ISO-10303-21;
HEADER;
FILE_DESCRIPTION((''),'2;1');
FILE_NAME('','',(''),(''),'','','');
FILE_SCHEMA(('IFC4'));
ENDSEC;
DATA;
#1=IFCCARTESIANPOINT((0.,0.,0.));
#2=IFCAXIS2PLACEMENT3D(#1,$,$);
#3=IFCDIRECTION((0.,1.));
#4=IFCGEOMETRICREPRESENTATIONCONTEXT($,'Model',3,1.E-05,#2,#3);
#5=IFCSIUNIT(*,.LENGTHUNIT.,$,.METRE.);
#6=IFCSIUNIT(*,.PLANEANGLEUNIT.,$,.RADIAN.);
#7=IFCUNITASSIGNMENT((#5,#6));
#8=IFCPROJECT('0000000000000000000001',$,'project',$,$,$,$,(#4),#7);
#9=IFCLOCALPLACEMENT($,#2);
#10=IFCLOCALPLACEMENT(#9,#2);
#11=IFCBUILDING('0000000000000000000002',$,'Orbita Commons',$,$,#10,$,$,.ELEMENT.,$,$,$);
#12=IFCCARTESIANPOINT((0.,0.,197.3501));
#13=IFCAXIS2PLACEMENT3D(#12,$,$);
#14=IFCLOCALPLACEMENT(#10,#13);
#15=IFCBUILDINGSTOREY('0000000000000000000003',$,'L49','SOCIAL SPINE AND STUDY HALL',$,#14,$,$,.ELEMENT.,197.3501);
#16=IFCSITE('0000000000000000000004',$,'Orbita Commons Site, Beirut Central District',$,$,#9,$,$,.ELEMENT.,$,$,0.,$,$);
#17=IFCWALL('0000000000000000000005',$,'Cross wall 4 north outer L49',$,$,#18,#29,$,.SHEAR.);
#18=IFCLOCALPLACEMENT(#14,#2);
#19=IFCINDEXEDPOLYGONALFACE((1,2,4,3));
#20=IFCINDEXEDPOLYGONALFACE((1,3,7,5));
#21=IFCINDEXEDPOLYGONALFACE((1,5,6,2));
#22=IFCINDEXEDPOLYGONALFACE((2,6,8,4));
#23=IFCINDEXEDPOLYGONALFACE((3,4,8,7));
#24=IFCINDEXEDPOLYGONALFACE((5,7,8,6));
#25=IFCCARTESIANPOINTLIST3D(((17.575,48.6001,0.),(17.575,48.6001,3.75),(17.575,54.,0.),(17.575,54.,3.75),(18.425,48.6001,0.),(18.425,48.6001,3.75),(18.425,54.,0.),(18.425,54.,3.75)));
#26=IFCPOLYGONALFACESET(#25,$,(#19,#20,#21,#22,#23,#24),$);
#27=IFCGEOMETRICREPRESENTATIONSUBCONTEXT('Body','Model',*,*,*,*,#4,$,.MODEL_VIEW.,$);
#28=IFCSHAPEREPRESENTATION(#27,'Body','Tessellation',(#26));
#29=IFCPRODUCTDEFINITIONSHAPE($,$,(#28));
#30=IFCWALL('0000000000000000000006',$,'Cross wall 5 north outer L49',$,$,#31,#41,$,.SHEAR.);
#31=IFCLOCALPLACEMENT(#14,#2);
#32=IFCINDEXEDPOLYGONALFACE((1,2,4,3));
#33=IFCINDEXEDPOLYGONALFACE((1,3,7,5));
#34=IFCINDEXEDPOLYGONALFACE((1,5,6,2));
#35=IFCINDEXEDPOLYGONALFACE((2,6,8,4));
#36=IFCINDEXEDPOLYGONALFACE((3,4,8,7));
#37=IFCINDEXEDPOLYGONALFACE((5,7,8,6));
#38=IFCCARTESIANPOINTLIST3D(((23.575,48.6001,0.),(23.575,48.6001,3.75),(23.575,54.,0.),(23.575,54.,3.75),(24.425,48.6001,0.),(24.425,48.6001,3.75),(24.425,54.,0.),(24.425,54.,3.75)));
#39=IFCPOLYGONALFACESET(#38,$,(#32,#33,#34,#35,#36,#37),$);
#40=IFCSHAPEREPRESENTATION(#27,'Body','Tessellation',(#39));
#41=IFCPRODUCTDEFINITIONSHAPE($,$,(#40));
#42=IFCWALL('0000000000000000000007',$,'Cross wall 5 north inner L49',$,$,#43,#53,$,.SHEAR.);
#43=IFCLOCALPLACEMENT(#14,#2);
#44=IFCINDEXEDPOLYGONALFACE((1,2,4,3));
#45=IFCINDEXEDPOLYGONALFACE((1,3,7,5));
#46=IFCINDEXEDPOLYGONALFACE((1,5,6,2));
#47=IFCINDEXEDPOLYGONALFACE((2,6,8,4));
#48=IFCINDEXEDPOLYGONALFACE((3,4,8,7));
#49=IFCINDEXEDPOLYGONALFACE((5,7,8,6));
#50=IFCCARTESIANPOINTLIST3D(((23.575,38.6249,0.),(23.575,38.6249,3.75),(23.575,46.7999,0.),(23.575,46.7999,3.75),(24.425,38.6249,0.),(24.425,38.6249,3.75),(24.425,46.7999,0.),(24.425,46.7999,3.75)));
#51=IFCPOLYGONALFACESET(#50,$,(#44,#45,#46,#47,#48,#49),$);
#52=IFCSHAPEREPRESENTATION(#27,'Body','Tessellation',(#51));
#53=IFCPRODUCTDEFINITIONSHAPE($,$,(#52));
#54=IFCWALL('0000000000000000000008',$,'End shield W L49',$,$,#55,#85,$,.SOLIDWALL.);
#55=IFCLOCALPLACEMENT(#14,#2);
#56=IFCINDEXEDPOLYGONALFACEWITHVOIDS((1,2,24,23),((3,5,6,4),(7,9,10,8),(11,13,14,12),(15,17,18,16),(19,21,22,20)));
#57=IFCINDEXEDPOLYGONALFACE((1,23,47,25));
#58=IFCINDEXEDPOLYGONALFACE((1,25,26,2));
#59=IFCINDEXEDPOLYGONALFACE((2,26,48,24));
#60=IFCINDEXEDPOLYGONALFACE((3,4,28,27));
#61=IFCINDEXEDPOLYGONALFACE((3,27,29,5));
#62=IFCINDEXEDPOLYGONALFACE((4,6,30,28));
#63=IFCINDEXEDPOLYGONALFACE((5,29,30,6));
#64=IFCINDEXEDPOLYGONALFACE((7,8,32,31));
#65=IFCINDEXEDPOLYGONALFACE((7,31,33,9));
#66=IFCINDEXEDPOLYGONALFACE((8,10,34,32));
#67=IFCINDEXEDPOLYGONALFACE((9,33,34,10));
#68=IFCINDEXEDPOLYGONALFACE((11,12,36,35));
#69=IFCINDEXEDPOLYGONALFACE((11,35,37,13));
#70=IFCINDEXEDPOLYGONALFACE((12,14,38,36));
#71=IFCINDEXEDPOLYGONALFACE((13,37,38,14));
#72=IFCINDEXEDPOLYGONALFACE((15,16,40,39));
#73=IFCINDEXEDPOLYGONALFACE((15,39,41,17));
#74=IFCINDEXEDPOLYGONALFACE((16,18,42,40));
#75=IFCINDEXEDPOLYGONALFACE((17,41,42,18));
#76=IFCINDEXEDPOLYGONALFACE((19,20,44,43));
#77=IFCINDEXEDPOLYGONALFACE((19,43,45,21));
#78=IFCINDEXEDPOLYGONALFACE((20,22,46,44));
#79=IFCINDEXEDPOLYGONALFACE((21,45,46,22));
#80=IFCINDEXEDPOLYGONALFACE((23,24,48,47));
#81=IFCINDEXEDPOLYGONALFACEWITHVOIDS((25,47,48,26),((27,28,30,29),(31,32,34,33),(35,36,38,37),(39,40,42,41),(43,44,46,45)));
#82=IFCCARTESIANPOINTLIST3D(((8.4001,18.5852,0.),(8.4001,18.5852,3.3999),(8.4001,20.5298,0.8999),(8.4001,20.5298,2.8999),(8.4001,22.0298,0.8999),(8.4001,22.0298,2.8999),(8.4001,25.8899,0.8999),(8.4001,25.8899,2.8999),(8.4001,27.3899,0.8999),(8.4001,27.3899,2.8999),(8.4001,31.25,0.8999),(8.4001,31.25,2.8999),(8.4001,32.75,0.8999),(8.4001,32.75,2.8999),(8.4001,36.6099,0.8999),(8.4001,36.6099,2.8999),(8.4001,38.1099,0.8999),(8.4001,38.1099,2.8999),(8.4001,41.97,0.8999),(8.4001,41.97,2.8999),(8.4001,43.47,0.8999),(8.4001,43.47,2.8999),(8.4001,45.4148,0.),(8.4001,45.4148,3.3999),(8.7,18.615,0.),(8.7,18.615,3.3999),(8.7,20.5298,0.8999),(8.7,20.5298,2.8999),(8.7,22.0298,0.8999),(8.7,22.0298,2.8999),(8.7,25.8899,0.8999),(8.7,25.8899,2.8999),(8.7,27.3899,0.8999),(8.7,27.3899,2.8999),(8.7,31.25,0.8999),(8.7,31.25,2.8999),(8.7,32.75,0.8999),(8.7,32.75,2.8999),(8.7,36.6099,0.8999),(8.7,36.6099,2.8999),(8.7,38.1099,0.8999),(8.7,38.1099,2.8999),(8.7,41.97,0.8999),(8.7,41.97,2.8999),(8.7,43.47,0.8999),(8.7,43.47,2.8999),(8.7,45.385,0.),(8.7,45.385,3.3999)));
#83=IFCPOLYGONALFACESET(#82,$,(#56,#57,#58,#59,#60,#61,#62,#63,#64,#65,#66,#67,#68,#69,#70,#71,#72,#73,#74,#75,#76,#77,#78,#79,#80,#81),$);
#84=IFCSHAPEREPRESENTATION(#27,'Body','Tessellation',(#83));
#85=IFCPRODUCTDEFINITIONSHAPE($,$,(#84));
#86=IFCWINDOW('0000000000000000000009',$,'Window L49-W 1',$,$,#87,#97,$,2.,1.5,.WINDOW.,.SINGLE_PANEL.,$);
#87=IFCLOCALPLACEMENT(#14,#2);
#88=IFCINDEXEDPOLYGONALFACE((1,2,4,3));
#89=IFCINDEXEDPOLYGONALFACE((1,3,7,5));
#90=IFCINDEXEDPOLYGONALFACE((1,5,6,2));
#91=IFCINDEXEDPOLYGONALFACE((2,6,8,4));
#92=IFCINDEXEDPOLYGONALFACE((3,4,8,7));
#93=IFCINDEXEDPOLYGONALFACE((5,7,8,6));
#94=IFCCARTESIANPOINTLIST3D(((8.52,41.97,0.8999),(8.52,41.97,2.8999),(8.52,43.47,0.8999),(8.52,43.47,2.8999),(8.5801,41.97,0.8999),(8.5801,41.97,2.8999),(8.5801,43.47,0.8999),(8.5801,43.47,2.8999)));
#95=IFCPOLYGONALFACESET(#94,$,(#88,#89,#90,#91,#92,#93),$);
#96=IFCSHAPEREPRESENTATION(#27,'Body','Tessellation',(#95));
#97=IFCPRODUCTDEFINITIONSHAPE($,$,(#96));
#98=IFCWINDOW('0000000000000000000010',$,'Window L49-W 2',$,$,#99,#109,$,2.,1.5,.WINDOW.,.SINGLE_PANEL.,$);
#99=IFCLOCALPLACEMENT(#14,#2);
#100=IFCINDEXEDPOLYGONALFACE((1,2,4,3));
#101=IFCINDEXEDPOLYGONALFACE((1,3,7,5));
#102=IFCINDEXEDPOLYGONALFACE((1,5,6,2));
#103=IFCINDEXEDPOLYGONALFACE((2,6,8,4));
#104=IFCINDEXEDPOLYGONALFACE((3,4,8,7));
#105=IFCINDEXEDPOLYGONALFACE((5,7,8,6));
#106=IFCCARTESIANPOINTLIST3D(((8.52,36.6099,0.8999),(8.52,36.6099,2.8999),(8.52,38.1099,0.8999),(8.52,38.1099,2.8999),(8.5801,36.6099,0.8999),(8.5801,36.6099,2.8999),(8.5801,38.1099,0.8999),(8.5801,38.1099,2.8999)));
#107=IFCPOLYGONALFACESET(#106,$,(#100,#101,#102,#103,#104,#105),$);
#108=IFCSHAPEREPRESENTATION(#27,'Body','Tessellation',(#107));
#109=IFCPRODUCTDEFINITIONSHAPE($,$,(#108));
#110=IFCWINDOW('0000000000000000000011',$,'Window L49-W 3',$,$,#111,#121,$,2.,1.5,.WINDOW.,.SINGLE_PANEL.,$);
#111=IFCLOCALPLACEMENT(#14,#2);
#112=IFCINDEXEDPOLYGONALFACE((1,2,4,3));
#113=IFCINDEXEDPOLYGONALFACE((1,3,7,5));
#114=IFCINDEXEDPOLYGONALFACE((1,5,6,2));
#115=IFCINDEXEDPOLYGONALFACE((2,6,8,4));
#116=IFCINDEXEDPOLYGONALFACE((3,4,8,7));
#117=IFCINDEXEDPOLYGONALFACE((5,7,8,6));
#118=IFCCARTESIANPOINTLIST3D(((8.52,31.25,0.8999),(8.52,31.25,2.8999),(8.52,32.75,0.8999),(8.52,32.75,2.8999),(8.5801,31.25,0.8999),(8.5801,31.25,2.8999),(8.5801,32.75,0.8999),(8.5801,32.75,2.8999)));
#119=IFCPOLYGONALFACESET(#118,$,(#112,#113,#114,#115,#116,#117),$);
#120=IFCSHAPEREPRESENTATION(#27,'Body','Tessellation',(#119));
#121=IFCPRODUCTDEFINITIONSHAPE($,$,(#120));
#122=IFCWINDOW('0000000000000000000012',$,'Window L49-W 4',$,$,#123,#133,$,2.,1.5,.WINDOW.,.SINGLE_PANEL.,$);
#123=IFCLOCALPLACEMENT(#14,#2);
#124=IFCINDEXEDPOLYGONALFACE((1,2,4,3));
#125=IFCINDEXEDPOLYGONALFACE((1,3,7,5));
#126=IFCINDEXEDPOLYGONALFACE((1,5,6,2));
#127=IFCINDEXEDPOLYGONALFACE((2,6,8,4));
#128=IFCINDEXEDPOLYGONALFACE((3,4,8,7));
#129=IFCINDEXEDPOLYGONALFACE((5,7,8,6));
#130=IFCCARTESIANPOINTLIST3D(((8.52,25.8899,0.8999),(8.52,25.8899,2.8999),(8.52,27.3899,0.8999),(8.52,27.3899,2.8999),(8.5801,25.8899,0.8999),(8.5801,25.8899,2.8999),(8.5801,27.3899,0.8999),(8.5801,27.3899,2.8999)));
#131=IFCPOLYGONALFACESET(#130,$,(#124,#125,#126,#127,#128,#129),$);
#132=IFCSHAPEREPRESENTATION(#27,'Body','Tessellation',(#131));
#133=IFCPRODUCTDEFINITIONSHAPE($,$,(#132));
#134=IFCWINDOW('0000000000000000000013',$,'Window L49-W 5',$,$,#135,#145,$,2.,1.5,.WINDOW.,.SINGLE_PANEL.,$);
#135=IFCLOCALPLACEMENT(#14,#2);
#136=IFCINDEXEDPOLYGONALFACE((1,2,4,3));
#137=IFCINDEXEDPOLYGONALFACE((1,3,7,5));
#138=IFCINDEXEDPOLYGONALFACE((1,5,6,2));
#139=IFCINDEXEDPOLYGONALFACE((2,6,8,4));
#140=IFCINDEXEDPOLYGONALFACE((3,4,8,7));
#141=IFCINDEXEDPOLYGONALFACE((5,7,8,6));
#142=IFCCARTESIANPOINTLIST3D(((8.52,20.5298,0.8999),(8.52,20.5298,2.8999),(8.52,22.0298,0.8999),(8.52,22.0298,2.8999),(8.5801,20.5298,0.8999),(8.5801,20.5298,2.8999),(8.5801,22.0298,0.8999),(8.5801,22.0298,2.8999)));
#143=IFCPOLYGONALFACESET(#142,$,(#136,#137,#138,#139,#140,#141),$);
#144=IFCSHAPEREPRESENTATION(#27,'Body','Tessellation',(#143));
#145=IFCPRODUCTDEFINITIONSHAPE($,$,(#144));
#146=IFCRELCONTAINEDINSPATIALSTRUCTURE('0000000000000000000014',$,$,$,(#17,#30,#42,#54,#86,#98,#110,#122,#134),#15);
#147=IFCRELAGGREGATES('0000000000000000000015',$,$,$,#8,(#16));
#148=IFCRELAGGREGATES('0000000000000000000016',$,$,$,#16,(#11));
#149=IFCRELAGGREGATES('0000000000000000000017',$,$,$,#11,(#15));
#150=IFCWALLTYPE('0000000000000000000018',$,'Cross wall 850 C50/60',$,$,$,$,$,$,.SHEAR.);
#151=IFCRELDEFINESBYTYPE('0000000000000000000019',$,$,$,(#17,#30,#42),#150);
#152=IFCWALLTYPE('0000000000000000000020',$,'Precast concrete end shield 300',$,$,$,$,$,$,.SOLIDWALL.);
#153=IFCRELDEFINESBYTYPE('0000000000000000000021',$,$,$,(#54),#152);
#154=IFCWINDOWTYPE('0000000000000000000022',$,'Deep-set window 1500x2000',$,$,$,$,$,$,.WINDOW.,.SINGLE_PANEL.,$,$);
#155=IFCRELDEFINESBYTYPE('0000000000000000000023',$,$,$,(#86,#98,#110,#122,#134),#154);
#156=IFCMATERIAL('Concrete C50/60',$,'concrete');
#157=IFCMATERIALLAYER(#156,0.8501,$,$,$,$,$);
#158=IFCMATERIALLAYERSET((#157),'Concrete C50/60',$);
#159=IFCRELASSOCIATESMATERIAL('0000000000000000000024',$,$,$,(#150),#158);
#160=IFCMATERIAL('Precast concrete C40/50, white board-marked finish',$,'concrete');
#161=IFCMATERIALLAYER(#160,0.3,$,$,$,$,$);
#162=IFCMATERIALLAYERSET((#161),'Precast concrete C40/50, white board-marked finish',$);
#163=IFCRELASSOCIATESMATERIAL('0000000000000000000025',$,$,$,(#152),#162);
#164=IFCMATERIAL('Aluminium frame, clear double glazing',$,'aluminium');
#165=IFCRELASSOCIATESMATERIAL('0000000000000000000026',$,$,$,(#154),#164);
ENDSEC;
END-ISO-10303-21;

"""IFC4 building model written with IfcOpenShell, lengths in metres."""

from ifc_helpers import new_model, si_unit, direction, frame, frame_2d, origin, place, context, subcontext, project, spatial, polyline, rectangle, outline, extrude, material, layer, layer_set, type_object, element, fill, save


model = new_model("IFC4")

# Units and contexts
model_context = context("Model", 3, precision=1e-05, world=origin(), true_north=direction((0.0, 1.0)))
body_context = subcontext(model_context, "Body", "Model", "MODEL_VIEW")
ifc_project = project(units=[si_unit("LENGTHUNIT", "METRE"), si_unit("PLANEANGLEUNIT", "RADIAN")], contexts=[model_context])

# Site, building, storey
site_placement = place(None, origin())
site = spatial("IfcSite", under=ifc_project, at=site_placement, Name="Orbita Commons Site, Beirut Central District", CompositionType="ELEMENT", RefElevation=0.0)
building_placement = place(site_placement, origin())
building = spatial("IfcBuilding", under=site, at=building_placement, Name="Orbita Commons", CompositionType="ELEMENT")
storey_placement = place(building_placement, frame((0.0, 0.0, 197.3501)))
storey = spatial("IfcBuildingStorey", under=building, at=storey_placement, Name="L49", Description="SOCIAL SPINE AND STUDY HALL", CompositionType="ELEMENT", Elevation=197.3501)

# Walls
ifc_material_1 = material(Name="Concrete C50/60", Category="concrete")
ifc_layer_1 = layer(ifc_material_1, 0.8501)
ifc_layer_set_1 = layer_set([ifc_layer_1], Name="Concrete C50/60")
wall_type_1 = type_object("IfcWallType", Name="Cross wall 850 C50/60", PredefinedType="SHEAR", material=ifc_layer_set_1)
for number, where, z_axis, x_axis, name in (
    (1, (18.0, 48.6001, 0.0), (0.0, 0.0, 1.0), (0.0, 1.0, 0.0), "Cross wall 4 north outer L49"),
    (2, (24.0, 48.6001, 0.0), (0.0, 0.0, 1.0), (0.0, 1.0, 0.0), "Cross wall 5 north outer L49"),
):
    element("IfcWall", number, at=place(storey_placement, frame(where, z_axis=z_axis, x_axis=x_axis)), inside=storey, type_object=wall_type_1, Name=name, PredefinedType="SHEAR", context=body_context, shape_type="SweptSolid", body=[
        extrude(rectangle(XDim=5.3999, YDim=0.8501, at=frame_2d((2.7, 0.0))), origin(), (0.0, 0.0, 1.0), 3.75),
    ])
wall_1_placement = place(storey_placement, frame((24.0, 38.625, 0.0), z_axis=(0.0, 0.0, 1.0), x_axis=(0.0, 1.0, 0.0)))
element("IfcWall", 3, at=wall_1_placement, inside=storey, type_object=wall_type_1, Name="Cross wall 5 north inner L49", PredefinedType="SHEAR", context=body_context, shape_type="SweptSolid", body=[
    extrude(rectangle(XDim=8.175, YDim=0.8501, at=frame_2d((4.0874, 0.0))), origin(), (0.0, 0.0, 1.0), 3.75),
])

# Wall, openings, windows
ifc_material_2 = material(Name="Precast concrete C40/50, white board-marked finish", Category="concrete")
ifc_layer_2 = layer(ifc_material_2, 0.3)
ifc_layer_set_2 = layer_set([ifc_layer_2], Name="Precast concrete C40/50, white board-marked finish")
wall_type_2 = type_object("IfcWallType", Name="Precast concrete end shield 300", PredefinedType="SOLIDWALL", material=ifc_layer_set_2)
wall_2_placement = place(storey_placement, frame((8.55, 45.3999, 0.0), z_axis=(0.0, 0.0, 1.0), x_axis=(0.0, -1.0, 0.0)))
wall_2 = element("IfcWall", 4, at=wall_2_placement, inside=storey, type_object=wall_type_2, Name="End shield W L49", PredefinedType="SOLIDWALL", context=body_context, shape_type="SweptSolid", body=[
    extrude(outline(polyline([(-0.0149, -0.1499), (26.8147, -0.1499), (26.7849, 0.1499), (0.0149, 0.1499), (-0.0149, -0.1499)])), origin(), (0.0, 0.0, 1.0), 3.3999),
])
opening_1_placement = place(wall_2_placement, frame((1.9299, 0.0, 0.8999)))
opening_1 = element("IfcOpeningElement", 5, at=opening_1_placement, cuts=wall_2, PredefinedType="OPENING", context=body_context, shape_type="SweptSolid", body=[
    extrude(rectangle(XDim=1.5, YDim=2.0, at=frame_2d((0.75, 1.0))), frame((0.0, 0.1599, 0.0), z_axis=(0.0, -1.0, 0.0), x_axis=(1.0, 0.0, 0.0)), (0.0, 0.0, 1.0), 0.3201),
])
opening_2_placement = place(wall_2_placement, frame((7.29, 0.0, 0.8999)))
opening_2 = element("IfcOpeningElement", 6, at=opening_2_placement, cuts=wall_2, PredefinedType="OPENING", context=body_context, shape_type="SweptSolid", body=[
    extrude(rectangle(XDim=1.5, YDim=2.0, at=frame_2d((0.75, 1.0))), frame((0.0, 0.1599, 0.0), z_axis=(0.0, -1.0, 0.0), x_axis=(1.0, 0.0, 0.0)), (0.0, 0.0, 1.0), 0.3201),
])
opening_3_placement = place(wall_2_placement, frame((12.6499, 0.0, 0.8999)))
opening_3 = element("IfcOpeningElement", 7, at=opening_3_placement, cuts=wall_2, PredefinedType="OPENING", context=body_context, shape_type="SweptSolid", body=[
    extrude(rectangle(XDim=1.5, YDim=2.0, at=frame_2d((0.75, 1.0))), frame((0.0, 0.1599, 0.0), z_axis=(0.0, -1.0, 0.0), x_axis=(1.0, 0.0, 0.0)), (0.0, 0.0, 1.0), 0.3201),
])
opening_4_placement = place(wall_2_placement, frame((18.01, 0.0, 0.8999)))
opening_4 = element("IfcOpeningElement", 8, at=opening_4_placement, cuts=wall_2, PredefinedType="OPENING", context=body_context, shape_type="SweptSolid", body=[
    extrude(rectangle(XDim=1.5, YDim=2.0, at=frame_2d((0.75, 1.0))), frame((0.0, 0.1599, 0.0), z_axis=(0.0, -1.0, 0.0), x_axis=(1.0, 0.0, 0.0)), (0.0, 0.0, 1.0), 0.3201),
])
opening_5_placement = place(wall_2_placement, frame((23.3701, 0.0, 0.8999)))
opening_5 = element("IfcOpeningElement", 9, at=opening_5_placement, cuts=wall_2, PredefinedType="OPENING", context=body_context, shape_type="SweptSolid", body=[
    extrude(rectangle(XDim=1.5, YDim=2.0, at=frame_2d((0.75, 1.0))), frame((0.0, 0.1599, 0.0), z_axis=(0.0, -1.0, 0.0), x_axis=(1.0, 0.0, 0.0)), (0.0, 0.0, 1.0), 0.3201),
])
ifc_material_3 = material(Name="Aluminium frame, clear double glazing", Category="aluminium")
window_type = type_object("IfcWindowType", Name="Deep-set window 1500x2000", PartitioningType="SINGLE_PANEL", PredefinedType="WINDOW", material=ifc_material_3)
window_1_placement = place(opening_1_placement, origin())
window_1 = element("IfcWindow", 10, at=window_1_placement, inside=storey, type_object=window_type, Name="Window L49-W 1", OverallHeight=2.0, OverallWidth=1.5, PartitioningType="SINGLE_PANEL", PredefinedType="WINDOW", context=body_context, shape_type="SweptSolid", body=[
    extrude(rectangle(XDim=1.5, YDim=2.0, at=frame_2d((0.75, 1.0))), frame((0.0, 0.03, 0.0), z_axis=(0.0, -1.0, 0.0), x_axis=(1.0, 0.0, 0.0)), (0.0, 0.0, 1.0), 0.0601),
])
fill(opening_1, window_1)
window_2_placement = place(opening_2_placement, origin())
window_2 = element("IfcWindow", 11, at=window_2_placement, inside=storey, type_object=window_type, Name="Window L49-W 2", OverallHeight=2.0, OverallWidth=1.5, PartitioningType="SINGLE_PANEL", PredefinedType="WINDOW", context=body_context, shape_type="SweptSolid", body=[
    extrude(rectangle(XDim=1.5, YDim=2.0, at=frame_2d((0.75, 1.0))), frame((0.0, 0.03, 0.0), z_axis=(0.0, -1.0, 0.0), x_axis=(1.0, 0.0, 0.0)), (0.0, 0.0, 1.0), 0.0601),
])
fill(opening_2, window_2)
window_3_placement = place(opening_3_placement, origin())
window_3 = element("IfcWindow", 12, at=window_3_placement, inside=storey, type_object=window_type, Name="Window L49-W 3", OverallHeight=2.0, OverallWidth=1.5, PartitioningType="SINGLE_PANEL", PredefinedType="WINDOW", context=body_context, shape_type="SweptSolid", body=[
    extrude(rectangle(XDim=1.5, YDim=2.0, at=frame_2d((0.75, 1.0))), frame((0.0, 0.03, 0.0), z_axis=(0.0, -1.0, 0.0), x_axis=(1.0, 0.0, 0.0)), (0.0, 0.0, 1.0), 0.0601),
])
fill(opening_3, window_3)
window_4_placement = place(opening_4_placement, origin())
window_4 = element("IfcWindow", 13, at=window_4_placement, inside=storey, type_object=window_type, Name="Window L49-W 4", OverallHeight=2.0, OverallWidth=1.5, PartitioningType="SINGLE_PANEL", PredefinedType="WINDOW", context=body_context, shape_type="SweptSolid", body=[
    extrude(rectangle(XDim=1.5, YDim=2.0, at=frame_2d((0.75, 1.0))), frame((0.0, 0.03, 0.0), z_axis=(0.0, -1.0, 0.0), x_axis=(1.0, 0.0, 0.0)), (0.0, 0.0, 1.0), 0.0601),
])
fill(opening_4, window_4)
window_5_placement = place(opening_5_placement, origin())
window_5 = element("IfcWindow", 14, at=window_5_placement, inside=storey, type_object=window_type, Name="Window L49-W 5", OverallHeight=2.0, OverallWidth=1.5, PartitioningType="SINGLE_PANEL", PredefinedType="WINDOW", context=body_context, shape_type="SweptSolid", body=[
    extrude(rectangle(XDim=1.5, YDim=2.0, at=frame_2d((0.75, 1.0))), frame((0.0, 0.03, 0.0), z_axis=(0.0, -1.0, 0.0), x_axis=(1.0, 0.0, 0.0)), (0.0, 0.0, 1.0), 0.0601),
])
fill(opening_5, window_5)

save(model, "model.ifc")
